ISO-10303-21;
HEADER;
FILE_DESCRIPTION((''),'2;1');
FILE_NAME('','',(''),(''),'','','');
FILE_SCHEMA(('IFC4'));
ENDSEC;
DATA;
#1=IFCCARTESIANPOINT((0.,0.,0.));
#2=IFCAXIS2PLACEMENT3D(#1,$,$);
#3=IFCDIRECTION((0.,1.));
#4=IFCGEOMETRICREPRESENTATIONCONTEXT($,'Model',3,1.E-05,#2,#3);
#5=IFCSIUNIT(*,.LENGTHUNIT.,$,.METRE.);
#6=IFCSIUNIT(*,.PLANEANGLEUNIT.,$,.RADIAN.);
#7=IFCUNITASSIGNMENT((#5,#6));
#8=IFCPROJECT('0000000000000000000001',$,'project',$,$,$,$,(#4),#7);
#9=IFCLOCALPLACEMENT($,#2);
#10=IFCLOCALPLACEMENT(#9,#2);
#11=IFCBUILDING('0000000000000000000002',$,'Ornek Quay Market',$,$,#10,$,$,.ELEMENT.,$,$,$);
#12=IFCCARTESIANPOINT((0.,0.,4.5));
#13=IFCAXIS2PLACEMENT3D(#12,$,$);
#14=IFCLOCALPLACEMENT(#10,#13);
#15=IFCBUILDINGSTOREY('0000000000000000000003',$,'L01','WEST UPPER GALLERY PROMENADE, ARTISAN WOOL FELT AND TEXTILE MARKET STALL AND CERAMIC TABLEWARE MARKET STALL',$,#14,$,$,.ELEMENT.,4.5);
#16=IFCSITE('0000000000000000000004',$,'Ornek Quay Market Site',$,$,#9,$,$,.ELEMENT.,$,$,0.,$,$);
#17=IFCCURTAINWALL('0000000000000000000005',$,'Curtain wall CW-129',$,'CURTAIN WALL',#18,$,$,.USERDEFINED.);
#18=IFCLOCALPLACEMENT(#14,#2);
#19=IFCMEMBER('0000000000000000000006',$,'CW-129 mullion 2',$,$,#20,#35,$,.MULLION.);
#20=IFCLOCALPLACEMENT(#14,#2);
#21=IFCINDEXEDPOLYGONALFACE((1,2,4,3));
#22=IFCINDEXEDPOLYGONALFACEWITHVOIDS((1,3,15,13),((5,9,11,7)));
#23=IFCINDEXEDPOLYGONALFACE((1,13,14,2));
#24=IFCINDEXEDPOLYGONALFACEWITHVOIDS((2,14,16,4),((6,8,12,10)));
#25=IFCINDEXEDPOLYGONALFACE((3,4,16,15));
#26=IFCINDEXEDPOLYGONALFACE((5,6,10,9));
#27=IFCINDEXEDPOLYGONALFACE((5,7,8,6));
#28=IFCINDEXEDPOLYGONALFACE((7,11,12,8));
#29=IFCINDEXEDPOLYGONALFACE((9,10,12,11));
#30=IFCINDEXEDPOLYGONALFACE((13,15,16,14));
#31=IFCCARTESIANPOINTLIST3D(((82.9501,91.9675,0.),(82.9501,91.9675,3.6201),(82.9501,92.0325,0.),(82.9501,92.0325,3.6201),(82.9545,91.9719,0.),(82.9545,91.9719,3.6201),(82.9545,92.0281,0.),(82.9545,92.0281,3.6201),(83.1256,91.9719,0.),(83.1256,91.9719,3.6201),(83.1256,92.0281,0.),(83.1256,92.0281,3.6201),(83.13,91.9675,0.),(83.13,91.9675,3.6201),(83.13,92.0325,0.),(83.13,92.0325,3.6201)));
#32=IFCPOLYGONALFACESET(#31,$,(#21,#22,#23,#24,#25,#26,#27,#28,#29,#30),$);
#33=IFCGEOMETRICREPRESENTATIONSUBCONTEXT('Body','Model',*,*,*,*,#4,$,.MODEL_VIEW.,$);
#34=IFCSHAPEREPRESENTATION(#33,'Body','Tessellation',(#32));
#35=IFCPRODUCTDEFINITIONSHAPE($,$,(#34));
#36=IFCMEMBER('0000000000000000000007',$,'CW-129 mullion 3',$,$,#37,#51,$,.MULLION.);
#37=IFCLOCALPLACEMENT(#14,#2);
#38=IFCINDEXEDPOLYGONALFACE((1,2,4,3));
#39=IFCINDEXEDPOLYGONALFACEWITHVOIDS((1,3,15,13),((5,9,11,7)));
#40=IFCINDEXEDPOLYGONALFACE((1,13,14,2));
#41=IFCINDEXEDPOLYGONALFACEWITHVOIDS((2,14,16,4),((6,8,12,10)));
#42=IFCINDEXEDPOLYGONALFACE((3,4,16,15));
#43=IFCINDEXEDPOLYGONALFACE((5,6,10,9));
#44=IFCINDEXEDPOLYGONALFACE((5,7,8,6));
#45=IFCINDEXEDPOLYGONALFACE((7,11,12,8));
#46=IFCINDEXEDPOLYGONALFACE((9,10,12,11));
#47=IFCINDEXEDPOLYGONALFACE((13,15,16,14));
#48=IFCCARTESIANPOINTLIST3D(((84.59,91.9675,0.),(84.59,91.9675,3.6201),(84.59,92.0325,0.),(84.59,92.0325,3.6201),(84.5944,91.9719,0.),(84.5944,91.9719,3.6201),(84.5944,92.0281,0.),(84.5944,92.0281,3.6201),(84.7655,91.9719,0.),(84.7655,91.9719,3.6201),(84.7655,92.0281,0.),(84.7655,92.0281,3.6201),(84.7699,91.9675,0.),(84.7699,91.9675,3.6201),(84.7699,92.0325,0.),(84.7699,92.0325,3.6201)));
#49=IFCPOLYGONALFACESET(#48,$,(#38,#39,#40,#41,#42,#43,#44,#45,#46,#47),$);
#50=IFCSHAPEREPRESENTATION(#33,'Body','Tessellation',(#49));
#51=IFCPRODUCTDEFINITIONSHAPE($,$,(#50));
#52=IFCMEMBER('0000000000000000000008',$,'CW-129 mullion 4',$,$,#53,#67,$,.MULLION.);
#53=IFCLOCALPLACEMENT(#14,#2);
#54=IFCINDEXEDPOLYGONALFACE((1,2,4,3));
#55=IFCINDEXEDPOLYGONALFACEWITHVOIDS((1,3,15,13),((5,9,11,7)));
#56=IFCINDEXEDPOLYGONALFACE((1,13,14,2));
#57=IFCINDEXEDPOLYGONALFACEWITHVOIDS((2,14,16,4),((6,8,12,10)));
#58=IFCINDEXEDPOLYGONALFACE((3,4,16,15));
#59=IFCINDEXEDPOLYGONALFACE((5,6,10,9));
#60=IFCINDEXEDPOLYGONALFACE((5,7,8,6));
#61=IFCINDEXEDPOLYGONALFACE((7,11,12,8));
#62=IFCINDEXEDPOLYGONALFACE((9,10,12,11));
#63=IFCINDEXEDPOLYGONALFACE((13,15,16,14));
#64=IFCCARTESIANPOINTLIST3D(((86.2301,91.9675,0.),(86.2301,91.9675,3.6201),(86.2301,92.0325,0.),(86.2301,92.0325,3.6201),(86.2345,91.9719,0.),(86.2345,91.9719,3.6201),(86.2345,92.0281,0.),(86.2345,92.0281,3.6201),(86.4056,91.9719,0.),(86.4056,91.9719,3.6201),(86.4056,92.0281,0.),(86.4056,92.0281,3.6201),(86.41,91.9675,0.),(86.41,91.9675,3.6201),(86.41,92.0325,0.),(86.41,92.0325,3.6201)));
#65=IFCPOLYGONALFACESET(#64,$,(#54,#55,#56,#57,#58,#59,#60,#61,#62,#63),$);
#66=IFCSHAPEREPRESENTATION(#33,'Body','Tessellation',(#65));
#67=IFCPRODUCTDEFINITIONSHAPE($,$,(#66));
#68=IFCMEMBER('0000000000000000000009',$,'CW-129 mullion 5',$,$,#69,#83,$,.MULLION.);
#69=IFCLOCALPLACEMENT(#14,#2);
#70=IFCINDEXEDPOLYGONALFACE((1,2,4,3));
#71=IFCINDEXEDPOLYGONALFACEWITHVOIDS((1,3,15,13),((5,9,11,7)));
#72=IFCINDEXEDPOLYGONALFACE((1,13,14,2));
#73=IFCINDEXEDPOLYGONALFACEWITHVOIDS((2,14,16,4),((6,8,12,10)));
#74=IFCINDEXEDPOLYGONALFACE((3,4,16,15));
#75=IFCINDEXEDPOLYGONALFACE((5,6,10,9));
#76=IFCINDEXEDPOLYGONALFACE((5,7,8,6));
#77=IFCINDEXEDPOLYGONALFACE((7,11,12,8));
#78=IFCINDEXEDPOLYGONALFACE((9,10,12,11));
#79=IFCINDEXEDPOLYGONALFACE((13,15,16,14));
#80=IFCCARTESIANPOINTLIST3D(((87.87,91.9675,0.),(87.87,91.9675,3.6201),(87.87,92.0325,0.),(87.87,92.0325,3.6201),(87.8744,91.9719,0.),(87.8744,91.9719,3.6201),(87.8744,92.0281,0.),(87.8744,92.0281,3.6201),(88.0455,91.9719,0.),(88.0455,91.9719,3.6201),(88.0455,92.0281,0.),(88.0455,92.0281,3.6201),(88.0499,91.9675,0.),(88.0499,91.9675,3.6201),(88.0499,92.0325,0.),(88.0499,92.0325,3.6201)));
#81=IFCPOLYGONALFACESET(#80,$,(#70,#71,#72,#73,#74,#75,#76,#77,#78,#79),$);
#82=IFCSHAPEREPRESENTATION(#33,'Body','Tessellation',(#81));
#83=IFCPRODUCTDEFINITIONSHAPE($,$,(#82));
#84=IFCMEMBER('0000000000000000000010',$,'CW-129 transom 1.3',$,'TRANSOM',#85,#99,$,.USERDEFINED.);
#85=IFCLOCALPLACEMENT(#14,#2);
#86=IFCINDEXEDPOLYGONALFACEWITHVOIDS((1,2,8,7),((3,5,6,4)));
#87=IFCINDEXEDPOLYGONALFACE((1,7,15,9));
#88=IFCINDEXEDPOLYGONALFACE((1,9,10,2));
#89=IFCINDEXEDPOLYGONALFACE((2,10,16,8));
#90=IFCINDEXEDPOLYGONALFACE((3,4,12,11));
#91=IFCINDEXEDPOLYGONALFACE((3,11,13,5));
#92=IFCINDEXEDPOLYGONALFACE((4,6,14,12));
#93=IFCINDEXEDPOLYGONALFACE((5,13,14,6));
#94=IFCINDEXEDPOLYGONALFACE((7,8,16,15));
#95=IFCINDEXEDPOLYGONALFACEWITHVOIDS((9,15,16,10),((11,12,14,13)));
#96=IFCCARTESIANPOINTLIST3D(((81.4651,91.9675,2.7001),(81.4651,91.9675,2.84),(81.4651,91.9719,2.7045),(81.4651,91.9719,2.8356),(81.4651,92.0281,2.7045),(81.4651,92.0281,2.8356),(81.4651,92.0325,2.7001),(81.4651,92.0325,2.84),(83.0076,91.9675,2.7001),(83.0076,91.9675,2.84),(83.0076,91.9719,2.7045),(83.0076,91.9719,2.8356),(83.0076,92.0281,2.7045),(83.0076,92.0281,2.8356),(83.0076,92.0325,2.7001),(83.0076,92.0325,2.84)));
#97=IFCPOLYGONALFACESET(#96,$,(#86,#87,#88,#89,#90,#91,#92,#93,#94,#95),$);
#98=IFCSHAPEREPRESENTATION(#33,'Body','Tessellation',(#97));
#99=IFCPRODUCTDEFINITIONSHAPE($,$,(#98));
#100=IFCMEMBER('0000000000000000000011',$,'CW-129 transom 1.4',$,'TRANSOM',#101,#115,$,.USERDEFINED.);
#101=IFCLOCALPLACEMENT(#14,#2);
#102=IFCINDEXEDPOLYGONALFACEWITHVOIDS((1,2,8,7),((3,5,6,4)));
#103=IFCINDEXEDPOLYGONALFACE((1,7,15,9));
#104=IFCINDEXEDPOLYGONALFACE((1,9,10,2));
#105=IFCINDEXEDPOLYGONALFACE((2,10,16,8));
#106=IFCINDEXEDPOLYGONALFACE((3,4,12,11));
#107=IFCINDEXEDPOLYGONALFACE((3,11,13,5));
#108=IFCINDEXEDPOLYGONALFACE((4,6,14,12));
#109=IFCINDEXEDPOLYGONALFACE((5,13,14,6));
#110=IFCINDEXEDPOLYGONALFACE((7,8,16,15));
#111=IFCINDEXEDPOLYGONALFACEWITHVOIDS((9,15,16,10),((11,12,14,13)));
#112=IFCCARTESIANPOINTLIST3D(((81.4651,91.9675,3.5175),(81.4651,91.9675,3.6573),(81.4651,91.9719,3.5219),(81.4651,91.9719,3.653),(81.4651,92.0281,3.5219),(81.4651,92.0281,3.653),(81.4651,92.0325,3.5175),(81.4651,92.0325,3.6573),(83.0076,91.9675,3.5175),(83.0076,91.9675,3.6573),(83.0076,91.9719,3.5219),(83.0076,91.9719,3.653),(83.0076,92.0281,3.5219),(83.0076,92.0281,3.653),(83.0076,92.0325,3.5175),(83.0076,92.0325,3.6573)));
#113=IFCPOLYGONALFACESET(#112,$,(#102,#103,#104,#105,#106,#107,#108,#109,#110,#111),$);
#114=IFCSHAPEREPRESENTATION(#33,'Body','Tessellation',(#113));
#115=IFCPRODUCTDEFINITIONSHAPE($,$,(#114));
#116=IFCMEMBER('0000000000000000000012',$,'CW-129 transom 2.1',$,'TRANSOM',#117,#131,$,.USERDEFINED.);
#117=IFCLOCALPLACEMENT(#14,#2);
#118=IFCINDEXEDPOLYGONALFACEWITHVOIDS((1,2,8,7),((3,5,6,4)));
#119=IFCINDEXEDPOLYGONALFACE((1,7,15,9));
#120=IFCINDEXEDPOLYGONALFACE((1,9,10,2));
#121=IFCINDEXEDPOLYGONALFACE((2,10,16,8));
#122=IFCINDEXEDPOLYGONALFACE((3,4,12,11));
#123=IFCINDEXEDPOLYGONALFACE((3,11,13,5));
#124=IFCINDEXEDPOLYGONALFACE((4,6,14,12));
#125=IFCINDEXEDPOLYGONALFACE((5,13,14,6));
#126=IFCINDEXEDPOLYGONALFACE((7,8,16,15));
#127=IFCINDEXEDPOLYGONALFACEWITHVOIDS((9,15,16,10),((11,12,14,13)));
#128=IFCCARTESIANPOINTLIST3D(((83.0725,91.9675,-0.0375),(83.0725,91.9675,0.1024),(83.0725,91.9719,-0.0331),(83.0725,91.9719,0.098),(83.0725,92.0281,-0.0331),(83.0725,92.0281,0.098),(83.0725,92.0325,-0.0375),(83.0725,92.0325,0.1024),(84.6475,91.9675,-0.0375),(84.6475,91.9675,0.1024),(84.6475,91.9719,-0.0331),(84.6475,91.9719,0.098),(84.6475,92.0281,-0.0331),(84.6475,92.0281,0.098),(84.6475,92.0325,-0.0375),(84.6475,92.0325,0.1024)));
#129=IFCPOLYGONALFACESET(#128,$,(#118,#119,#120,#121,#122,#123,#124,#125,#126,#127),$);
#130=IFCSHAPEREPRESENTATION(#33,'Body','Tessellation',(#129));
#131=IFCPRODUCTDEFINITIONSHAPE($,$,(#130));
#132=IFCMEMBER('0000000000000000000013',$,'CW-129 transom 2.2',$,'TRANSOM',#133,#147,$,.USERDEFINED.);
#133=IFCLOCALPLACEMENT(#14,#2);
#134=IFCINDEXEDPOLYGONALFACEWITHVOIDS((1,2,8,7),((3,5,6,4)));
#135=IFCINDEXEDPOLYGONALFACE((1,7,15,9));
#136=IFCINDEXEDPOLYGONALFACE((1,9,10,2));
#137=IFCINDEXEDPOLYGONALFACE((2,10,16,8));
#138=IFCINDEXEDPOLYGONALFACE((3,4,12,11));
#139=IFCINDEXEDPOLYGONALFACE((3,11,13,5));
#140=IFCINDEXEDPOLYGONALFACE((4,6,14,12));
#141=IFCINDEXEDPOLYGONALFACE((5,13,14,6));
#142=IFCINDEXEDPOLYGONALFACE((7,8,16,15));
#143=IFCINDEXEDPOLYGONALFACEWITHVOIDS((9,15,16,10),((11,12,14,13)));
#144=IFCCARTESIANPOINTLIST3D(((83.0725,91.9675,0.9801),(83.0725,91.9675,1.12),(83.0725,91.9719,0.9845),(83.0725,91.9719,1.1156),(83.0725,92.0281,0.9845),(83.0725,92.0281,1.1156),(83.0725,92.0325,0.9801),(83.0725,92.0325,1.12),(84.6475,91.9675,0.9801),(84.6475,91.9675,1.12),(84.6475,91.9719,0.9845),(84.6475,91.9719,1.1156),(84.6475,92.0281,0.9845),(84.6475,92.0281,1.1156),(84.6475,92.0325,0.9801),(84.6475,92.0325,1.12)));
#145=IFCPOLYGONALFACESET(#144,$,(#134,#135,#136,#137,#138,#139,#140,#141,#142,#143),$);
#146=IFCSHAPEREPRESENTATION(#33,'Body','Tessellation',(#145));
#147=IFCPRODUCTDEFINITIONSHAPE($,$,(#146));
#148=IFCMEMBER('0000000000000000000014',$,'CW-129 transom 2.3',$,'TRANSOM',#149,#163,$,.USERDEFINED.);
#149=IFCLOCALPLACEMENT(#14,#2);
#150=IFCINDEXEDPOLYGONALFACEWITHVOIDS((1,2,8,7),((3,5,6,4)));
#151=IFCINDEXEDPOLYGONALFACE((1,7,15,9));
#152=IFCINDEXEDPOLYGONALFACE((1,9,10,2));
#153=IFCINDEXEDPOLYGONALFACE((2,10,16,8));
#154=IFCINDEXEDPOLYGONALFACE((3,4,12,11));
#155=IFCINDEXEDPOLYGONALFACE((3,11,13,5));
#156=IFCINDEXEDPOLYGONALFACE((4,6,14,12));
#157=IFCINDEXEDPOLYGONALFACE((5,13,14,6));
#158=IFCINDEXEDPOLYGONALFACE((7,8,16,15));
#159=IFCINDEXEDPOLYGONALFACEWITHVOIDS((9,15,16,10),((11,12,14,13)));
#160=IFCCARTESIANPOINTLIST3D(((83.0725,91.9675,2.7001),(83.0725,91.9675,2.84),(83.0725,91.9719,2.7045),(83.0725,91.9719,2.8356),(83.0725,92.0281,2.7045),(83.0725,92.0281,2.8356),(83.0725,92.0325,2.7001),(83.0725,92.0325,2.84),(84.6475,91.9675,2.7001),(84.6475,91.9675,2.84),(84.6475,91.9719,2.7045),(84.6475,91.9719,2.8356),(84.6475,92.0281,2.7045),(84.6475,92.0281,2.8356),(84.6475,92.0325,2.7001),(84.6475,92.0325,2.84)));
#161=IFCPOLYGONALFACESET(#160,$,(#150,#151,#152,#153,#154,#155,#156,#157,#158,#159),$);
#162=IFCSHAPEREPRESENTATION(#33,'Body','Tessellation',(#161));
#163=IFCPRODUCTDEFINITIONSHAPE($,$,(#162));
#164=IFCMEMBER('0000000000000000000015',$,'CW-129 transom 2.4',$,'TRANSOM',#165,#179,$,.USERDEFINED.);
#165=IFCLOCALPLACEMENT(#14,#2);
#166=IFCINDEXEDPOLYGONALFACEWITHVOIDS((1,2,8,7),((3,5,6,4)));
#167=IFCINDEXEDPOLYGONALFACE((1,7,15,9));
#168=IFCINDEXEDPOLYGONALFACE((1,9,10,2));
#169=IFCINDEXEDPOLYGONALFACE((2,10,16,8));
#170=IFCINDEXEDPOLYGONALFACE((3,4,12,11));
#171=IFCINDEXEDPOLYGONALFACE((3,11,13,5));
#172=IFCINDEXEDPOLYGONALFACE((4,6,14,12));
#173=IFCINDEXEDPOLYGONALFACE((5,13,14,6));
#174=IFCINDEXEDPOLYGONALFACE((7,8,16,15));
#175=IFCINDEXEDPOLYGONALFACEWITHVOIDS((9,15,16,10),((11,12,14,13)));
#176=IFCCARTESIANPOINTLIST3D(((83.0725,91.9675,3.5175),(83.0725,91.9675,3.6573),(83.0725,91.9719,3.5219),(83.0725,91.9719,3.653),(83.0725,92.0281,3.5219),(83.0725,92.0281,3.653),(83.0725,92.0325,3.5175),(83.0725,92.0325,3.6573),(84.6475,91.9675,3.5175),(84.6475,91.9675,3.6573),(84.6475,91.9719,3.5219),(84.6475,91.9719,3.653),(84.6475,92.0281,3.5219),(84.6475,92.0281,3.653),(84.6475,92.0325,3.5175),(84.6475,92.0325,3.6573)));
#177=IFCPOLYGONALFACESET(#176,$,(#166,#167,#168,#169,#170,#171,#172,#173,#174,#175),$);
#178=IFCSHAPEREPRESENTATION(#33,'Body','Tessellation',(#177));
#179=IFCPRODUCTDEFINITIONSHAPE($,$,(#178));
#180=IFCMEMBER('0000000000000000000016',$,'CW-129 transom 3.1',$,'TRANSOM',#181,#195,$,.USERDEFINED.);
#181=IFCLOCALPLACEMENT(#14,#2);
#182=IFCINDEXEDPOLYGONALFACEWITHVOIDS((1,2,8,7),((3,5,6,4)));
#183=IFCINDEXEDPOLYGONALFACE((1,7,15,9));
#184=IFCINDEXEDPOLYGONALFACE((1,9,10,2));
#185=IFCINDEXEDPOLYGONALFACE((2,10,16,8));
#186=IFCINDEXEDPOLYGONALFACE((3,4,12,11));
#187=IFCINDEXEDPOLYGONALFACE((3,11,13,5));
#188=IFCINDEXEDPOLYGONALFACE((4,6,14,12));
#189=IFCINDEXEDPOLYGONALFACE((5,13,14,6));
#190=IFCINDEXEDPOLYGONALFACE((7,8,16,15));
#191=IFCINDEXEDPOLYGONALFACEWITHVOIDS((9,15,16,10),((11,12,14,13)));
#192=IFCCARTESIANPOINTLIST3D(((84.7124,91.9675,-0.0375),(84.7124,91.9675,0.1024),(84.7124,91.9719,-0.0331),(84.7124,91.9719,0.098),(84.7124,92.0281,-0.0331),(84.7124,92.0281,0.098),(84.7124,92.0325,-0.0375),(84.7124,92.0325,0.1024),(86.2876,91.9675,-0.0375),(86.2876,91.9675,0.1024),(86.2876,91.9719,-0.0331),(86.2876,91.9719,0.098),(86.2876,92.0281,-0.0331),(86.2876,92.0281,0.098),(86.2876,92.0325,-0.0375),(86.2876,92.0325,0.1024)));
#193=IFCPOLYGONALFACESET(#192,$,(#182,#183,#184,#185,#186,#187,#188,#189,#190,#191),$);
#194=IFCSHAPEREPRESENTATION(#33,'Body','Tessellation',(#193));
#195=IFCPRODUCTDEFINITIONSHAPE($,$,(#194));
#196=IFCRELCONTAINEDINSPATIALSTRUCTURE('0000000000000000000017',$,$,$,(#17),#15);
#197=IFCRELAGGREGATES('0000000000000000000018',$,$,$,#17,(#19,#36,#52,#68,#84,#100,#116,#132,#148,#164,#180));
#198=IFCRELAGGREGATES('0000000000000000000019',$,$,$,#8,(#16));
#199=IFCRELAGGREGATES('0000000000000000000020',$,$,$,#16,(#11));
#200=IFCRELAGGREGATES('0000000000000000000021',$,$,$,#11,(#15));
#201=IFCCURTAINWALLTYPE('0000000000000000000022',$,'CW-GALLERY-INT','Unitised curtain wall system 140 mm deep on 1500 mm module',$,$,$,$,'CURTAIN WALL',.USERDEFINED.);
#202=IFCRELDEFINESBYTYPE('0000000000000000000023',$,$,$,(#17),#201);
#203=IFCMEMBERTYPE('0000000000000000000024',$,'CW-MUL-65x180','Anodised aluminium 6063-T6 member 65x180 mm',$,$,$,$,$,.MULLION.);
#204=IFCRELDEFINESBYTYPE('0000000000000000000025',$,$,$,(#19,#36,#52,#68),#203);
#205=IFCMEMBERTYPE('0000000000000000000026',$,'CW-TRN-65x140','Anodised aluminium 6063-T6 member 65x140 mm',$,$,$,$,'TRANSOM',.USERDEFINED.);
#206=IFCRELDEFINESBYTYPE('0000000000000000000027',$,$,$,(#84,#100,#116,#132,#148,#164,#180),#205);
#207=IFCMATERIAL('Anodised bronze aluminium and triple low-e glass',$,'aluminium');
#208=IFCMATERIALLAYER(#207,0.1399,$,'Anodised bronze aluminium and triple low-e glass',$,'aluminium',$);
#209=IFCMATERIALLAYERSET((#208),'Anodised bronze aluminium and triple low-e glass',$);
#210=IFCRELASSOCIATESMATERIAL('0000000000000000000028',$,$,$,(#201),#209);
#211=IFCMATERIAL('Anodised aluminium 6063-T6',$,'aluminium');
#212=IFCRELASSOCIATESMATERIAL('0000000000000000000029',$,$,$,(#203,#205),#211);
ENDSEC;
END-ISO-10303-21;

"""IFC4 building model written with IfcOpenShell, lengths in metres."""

from ifc_helpers import new_model, si_unit, direction, frame, origin, origin_2d, place, context, subcontext, project, spatial, hollow_rectangle, extrude, material, layer, layer_set, material_profile, profile_set, type_object, element, aggregate, save


model = new_model("IFC4")

# Units and contexts
model_context = context("Model", 3, precision=1e-05, world=origin(), true_north=direction((0.0, 1.0)))
body_context = subcontext(model_context, "Body", "Model", "MODEL_VIEW")
ifc_project = project(units=[si_unit("LENGTHUNIT", "METRE"), si_unit("PLANEANGLEUNIT", "RADIAN")], contexts=[model_context])

# Site, building, storey
site_placement = place(None, origin())
site = spatial("IfcSite", under=ifc_project, at=site_placement, Name="Ornek Quay Market Site", CompositionType="ELEMENT", RefElevation=0.0)
building_placement = place(site_placement, origin())
building = spatial("IfcBuilding", under=site, at=building_placement, Name="Ornek Quay Market", CompositionType="ELEMENT")
storey_placement = place(building_placement, frame((0.0, 0.0, 4.5)))
storey = spatial("IfcBuildingStorey", under=building, at=storey_placement, Name="L01", Description="WEST UPPER GALLERY PROMENADE, ARTISAN WOOL FELT AND TEXTILE MARKET STALL AND CERAMIC TABLEWARE MARKET STALL", CompositionType="ELEMENT", Elevation=4.5)

# Curtain wall, members
ifc_material_1 = material(Name="Anodised bronze aluminium and triple low-e glass", Category="aluminium")
ifc_layer_1 = layer(ifc_material_1, 0.1399, Name="Anodised bronze aluminium and triple low-e glass", Category="aluminium")
ifc_layer_set_1 = layer_set([ifc_layer_1], Name="Anodised bronze aluminium and triple low-e glass")
curtain_wall_type = type_object("IfcCurtainWallType", Name="CW-GALLERY-INT", Description="Unitised curtain wall system 140 mm deep on 1500 mm module", ElementType="CURTAIN WALL", PredefinedType="USERDEFINED", material=ifc_layer_set_1)
curtain_wall_placement = place(storey_placement, origin())
curtain_wall = element("IfcCurtainWall", 1, at=curtain_wall_placement, inside=storey, type_object=curtain_wall_type, Name="Curtain wall CW-129", ObjectType="CURTAIN WALL", PredefinedType="USERDEFINED")
ifc_material_2 = material(Name="Anodised aluminium 6063-T6", Category="aluminium")
ifc_material_profile_1 = material_profile(ifc_material_2, hollow_rectangle(XDim=0.0649, YDim=0.1799, WallThickness=0.0044, at=origin_2d()), Name="CW-MUL-65x180", Category="aluminium")
ifc_profile_set_1 = profile_set([ifc_material_profile_1], Name="Anodised aluminium 6063-T6")
member_type_1 = type_object("IfcMemberType", Name="CW-MUL-65x180", Description="Anodised aluminium 6063-T6 member 65x180 mm", PredefinedType="MULLION", material=ifc_profile_set_1)
member_1_placement = place(storey_placement, frame((83.04, 92.0, 0.0), z_axis=(0.0, 0.0, 1.0), x_axis=(0.0, 1.0, 0.0)))
member_1 = element("IfcMember", 2, at=member_1_placement, type_object=member_type_1, Name="CW-129 mullion 2", PredefinedType="MULLION", context=body_context, shape_type="SweptSolid", body=[
    extrude(hollow_rectangle(XDim=0.0649, YDim=0.1799, WallThickness=0.0044, at=origin_2d()), origin(), (0.0, 0.0, 1.0), 3.6201),
])
member_2_placement = place(storey_placement, frame((84.6799, 92.0, 0.0), z_axis=(0.0, 0.0, 1.0), x_axis=(0.0, 1.0, 0.0)))
member_2 = element("IfcMember", 3, at=member_2_placement, type_object=member_type_1, Name="CW-129 mullion 3", PredefinedType="MULLION", context=body_context, shape_type="SweptSolid", body=[
    extrude(hollow_rectangle(XDim=0.0649, YDim=0.1799, WallThickness=0.0044, at=origin_2d()), origin(), (0.0, 0.0, 1.0), 3.6201),
])
member_3_placement = place(storey_placement, frame((86.3201, 92.0, 0.0), z_axis=(0.0, 0.0, 1.0), x_axis=(0.0, 1.0, 0.0)))
member_3 = element("IfcMember", 4, at=member_3_placement, type_object=member_type_1, Name="CW-129 mullion 4", PredefinedType="MULLION", context=body_context, shape_type="SweptSolid", body=[
    extrude(hollow_rectangle(XDim=0.0649, YDim=0.1799, WallThickness=0.0044, at=origin_2d()), origin(), (0.0, 0.0, 1.0), 3.6201),
])
member_4_placement = place(storey_placement, frame((87.96, 92.0, 0.0), z_axis=(0.0, 0.0, 1.0), x_axis=(0.0, 1.0, 0.0)))
member_4 = element("IfcMember", 5, at=member_4_placement, type_object=member_type_1, Name="CW-129 mullion 5", PredefinedType="MULLION", context=body_context, shape_type="SweptSolid", body=[
    extrude(hollow_rectangle(XDim=0.0649, YDim=0.1799, WallThickness=0.0044, at=origin_2d()), origin(), (0.0, 0.0, 1.0), 3.6201),
])
ifc_material_profile_2 = material_profile(ifc_material_2, hollow_rectangle(XDim=0.0649, YDim=0.1399, WallThickness=0.0044, at=origin_2d()), Name="CW-TRN-65x140", Category="aluminium")
ifc_profile_set_2 = profile_set([ifc_material_profile_2], Name="Anodised aluminium 6063-T6")
member_type_2 = type_object("IfcMemberType", Name="CW-TRN-65x140", Description="Anodised aluminium 6063-T6 member 65x140 mm", ElementType="TRANSOM", PredefinedType="USERDEFINED", material=ifc_profile_set_2)
member_5_placement = place(storey_placement, frame((81.4651, 92.0, 2.77), z_axis=(1.0, 0.0, 0.0), x_axis=(0.0, 1.0, 0.0)))
member_5 = element("IfcMember", 6, at=member_5_placement, type_object=member_type_2, Name="CW-129 transom 1.3", ObjectType="TRANSOM", PredefinedType="USERDEFINED", context=body_context, shape_type="SweptSolid", body=[
    extrude(hollow_rectangle(XDim=0.0649, YDim=0.1399, WallThickness=0.0044, at=origin_2d()), origin(), (0.0, 0.0, 1.0), 1.5425),
])
member_6_placement = place(storey_placement, frame((81.4651, 92.0, 3.5874), z_axis=(1.0, 0.0, 0.0), x_axis=(0.0, 1.0, 0.0)))
member_6 = element("IfcMember", 7, at=member_6_placement, type_object=member_type_2, Name="CW-129 transom 1.4", ObjectType="TRANSOM", PredefinedType="USERDEFINED", context=body_context, shape_type="SweptSolid", body=[
    extrude(hollow_rectangle(XDim=0.0649, YDim=0.1399, WallThickness=0.0044, at=origin_2d()), origin(), (0.0, 0.0, 1.0), 1.5425),
])
member_7_placement = place(storey_placement, frame((83.0725, 92.0, 0.0325), z_axis=(1.0, 0.0, 0.0), x_axis=(0.0, 1.0, 0.0)))
member_7 = element("IfcMember", 8, at=member_7_placement, type_object=member_type_2, Name="CW-129 transom 2.1", ObjectType="TRANSOM", PredefinedType="USERDEFINED", context=body_context, shape_type="SweptSolid", body=[
    extrude(hollow_rectangle(XDim=0.0649, YDim=0.1399, WallThickness=0.0044, at=origin_2d()), origin(), (0.0, 0.0, 1.0), 1.575),
])
member_8_placement = place(storey_placement, frame((83.0725, 92.0, 1.05), z_axis=(1.0, 0.0, 0.0), x_axis=(0.0, 1.0, 0.0)))
member_8 = element("IfcMember", 9, at=member_8_placement, type_object=member_type_2, Name="CW-129 transom 2.2", ObjectType="TRANSOM", PredefinedType="USERDEFINED", context=body_context, shape_type="SweptSolid", body=[
    extrude(hollow_rectangle(XDim=0.0649, YDim=0.1399, WallThickness=0.0044, at=origin_2d()), origin(), (0.0, 0.0, 1.0), 1.575),
])
member_9_placement = place(storey_placement, frame((83.0725, 92.0, 2.77), z_axis=(1.0, 0.0, 0.0), x_axis=(0.0, 1.0, 0.0)))
member_9 = element("IfcMember", 10, at=member_9_placement, type_object=member_type_2, Name="CW-129 transom 2.3", ObjectType="TRANSOM", PredefinedType="USERDEFINED", context=body_context, shape_type="SweptSolid", body=[
    extrude(hollow_rectangle(XDim=0.0649, YDim=0.1399, WallThickness=0.0044, at=origin_2d()), origin(), (0.0, 0.0, 1.0), 1.575),
])
member_10_placement = place(storey_placement, frame((83.0725, 92.0, 3.5874), z_axis=(1.0, 0.0, 0.0), x_axis=(0.0, 1.0, 0.0)))
member_10 = element("IfcMember", 11, at=member_10_placement, type_object=member_type_2, Name="CW-129 transom 2.4", ObjectType="TRANSOM", PredefinedType="USERDEFINED", context=body_context, shape_type="SweptSolid", body=[
    extrude(hollow_rectangle(XDim=0.0649, YDim=0.1399, WallThickness=0.0044, at=origin_2d()), origin(), (0.0, 0.0, 1.0), 1.575),
])
member_11_placement = place(storey_placement, frame((84.7124, 92.0, 0.0325), z_axis=(1.0, 0.0, 0.0), x_axis=(0.0, 1.0, 0.0)))
member_11 = element("IfcMember", 12, at=member_11_placement, type_object=member_type_2, Name="CW-129 transom 3.1", ObjectType="TRANSOM", PredefinedType="USERDEFINED", context=body_context, shape_type="SweptSolid", body=[
    extrude(hollow_rectangle(XDim=0.0649, YDim=0.1399, WallThickness=0.0044, at=origin_2d()), origin(), (0.0, 0.0, 1.0), 1.5752),
])
aggregate(curtain_wall, [member_1, member_2, member_3, member_4, member_5, member_6, member_7, member_8, member_9, member_10, member_11])

save(model, "model.ifc")
